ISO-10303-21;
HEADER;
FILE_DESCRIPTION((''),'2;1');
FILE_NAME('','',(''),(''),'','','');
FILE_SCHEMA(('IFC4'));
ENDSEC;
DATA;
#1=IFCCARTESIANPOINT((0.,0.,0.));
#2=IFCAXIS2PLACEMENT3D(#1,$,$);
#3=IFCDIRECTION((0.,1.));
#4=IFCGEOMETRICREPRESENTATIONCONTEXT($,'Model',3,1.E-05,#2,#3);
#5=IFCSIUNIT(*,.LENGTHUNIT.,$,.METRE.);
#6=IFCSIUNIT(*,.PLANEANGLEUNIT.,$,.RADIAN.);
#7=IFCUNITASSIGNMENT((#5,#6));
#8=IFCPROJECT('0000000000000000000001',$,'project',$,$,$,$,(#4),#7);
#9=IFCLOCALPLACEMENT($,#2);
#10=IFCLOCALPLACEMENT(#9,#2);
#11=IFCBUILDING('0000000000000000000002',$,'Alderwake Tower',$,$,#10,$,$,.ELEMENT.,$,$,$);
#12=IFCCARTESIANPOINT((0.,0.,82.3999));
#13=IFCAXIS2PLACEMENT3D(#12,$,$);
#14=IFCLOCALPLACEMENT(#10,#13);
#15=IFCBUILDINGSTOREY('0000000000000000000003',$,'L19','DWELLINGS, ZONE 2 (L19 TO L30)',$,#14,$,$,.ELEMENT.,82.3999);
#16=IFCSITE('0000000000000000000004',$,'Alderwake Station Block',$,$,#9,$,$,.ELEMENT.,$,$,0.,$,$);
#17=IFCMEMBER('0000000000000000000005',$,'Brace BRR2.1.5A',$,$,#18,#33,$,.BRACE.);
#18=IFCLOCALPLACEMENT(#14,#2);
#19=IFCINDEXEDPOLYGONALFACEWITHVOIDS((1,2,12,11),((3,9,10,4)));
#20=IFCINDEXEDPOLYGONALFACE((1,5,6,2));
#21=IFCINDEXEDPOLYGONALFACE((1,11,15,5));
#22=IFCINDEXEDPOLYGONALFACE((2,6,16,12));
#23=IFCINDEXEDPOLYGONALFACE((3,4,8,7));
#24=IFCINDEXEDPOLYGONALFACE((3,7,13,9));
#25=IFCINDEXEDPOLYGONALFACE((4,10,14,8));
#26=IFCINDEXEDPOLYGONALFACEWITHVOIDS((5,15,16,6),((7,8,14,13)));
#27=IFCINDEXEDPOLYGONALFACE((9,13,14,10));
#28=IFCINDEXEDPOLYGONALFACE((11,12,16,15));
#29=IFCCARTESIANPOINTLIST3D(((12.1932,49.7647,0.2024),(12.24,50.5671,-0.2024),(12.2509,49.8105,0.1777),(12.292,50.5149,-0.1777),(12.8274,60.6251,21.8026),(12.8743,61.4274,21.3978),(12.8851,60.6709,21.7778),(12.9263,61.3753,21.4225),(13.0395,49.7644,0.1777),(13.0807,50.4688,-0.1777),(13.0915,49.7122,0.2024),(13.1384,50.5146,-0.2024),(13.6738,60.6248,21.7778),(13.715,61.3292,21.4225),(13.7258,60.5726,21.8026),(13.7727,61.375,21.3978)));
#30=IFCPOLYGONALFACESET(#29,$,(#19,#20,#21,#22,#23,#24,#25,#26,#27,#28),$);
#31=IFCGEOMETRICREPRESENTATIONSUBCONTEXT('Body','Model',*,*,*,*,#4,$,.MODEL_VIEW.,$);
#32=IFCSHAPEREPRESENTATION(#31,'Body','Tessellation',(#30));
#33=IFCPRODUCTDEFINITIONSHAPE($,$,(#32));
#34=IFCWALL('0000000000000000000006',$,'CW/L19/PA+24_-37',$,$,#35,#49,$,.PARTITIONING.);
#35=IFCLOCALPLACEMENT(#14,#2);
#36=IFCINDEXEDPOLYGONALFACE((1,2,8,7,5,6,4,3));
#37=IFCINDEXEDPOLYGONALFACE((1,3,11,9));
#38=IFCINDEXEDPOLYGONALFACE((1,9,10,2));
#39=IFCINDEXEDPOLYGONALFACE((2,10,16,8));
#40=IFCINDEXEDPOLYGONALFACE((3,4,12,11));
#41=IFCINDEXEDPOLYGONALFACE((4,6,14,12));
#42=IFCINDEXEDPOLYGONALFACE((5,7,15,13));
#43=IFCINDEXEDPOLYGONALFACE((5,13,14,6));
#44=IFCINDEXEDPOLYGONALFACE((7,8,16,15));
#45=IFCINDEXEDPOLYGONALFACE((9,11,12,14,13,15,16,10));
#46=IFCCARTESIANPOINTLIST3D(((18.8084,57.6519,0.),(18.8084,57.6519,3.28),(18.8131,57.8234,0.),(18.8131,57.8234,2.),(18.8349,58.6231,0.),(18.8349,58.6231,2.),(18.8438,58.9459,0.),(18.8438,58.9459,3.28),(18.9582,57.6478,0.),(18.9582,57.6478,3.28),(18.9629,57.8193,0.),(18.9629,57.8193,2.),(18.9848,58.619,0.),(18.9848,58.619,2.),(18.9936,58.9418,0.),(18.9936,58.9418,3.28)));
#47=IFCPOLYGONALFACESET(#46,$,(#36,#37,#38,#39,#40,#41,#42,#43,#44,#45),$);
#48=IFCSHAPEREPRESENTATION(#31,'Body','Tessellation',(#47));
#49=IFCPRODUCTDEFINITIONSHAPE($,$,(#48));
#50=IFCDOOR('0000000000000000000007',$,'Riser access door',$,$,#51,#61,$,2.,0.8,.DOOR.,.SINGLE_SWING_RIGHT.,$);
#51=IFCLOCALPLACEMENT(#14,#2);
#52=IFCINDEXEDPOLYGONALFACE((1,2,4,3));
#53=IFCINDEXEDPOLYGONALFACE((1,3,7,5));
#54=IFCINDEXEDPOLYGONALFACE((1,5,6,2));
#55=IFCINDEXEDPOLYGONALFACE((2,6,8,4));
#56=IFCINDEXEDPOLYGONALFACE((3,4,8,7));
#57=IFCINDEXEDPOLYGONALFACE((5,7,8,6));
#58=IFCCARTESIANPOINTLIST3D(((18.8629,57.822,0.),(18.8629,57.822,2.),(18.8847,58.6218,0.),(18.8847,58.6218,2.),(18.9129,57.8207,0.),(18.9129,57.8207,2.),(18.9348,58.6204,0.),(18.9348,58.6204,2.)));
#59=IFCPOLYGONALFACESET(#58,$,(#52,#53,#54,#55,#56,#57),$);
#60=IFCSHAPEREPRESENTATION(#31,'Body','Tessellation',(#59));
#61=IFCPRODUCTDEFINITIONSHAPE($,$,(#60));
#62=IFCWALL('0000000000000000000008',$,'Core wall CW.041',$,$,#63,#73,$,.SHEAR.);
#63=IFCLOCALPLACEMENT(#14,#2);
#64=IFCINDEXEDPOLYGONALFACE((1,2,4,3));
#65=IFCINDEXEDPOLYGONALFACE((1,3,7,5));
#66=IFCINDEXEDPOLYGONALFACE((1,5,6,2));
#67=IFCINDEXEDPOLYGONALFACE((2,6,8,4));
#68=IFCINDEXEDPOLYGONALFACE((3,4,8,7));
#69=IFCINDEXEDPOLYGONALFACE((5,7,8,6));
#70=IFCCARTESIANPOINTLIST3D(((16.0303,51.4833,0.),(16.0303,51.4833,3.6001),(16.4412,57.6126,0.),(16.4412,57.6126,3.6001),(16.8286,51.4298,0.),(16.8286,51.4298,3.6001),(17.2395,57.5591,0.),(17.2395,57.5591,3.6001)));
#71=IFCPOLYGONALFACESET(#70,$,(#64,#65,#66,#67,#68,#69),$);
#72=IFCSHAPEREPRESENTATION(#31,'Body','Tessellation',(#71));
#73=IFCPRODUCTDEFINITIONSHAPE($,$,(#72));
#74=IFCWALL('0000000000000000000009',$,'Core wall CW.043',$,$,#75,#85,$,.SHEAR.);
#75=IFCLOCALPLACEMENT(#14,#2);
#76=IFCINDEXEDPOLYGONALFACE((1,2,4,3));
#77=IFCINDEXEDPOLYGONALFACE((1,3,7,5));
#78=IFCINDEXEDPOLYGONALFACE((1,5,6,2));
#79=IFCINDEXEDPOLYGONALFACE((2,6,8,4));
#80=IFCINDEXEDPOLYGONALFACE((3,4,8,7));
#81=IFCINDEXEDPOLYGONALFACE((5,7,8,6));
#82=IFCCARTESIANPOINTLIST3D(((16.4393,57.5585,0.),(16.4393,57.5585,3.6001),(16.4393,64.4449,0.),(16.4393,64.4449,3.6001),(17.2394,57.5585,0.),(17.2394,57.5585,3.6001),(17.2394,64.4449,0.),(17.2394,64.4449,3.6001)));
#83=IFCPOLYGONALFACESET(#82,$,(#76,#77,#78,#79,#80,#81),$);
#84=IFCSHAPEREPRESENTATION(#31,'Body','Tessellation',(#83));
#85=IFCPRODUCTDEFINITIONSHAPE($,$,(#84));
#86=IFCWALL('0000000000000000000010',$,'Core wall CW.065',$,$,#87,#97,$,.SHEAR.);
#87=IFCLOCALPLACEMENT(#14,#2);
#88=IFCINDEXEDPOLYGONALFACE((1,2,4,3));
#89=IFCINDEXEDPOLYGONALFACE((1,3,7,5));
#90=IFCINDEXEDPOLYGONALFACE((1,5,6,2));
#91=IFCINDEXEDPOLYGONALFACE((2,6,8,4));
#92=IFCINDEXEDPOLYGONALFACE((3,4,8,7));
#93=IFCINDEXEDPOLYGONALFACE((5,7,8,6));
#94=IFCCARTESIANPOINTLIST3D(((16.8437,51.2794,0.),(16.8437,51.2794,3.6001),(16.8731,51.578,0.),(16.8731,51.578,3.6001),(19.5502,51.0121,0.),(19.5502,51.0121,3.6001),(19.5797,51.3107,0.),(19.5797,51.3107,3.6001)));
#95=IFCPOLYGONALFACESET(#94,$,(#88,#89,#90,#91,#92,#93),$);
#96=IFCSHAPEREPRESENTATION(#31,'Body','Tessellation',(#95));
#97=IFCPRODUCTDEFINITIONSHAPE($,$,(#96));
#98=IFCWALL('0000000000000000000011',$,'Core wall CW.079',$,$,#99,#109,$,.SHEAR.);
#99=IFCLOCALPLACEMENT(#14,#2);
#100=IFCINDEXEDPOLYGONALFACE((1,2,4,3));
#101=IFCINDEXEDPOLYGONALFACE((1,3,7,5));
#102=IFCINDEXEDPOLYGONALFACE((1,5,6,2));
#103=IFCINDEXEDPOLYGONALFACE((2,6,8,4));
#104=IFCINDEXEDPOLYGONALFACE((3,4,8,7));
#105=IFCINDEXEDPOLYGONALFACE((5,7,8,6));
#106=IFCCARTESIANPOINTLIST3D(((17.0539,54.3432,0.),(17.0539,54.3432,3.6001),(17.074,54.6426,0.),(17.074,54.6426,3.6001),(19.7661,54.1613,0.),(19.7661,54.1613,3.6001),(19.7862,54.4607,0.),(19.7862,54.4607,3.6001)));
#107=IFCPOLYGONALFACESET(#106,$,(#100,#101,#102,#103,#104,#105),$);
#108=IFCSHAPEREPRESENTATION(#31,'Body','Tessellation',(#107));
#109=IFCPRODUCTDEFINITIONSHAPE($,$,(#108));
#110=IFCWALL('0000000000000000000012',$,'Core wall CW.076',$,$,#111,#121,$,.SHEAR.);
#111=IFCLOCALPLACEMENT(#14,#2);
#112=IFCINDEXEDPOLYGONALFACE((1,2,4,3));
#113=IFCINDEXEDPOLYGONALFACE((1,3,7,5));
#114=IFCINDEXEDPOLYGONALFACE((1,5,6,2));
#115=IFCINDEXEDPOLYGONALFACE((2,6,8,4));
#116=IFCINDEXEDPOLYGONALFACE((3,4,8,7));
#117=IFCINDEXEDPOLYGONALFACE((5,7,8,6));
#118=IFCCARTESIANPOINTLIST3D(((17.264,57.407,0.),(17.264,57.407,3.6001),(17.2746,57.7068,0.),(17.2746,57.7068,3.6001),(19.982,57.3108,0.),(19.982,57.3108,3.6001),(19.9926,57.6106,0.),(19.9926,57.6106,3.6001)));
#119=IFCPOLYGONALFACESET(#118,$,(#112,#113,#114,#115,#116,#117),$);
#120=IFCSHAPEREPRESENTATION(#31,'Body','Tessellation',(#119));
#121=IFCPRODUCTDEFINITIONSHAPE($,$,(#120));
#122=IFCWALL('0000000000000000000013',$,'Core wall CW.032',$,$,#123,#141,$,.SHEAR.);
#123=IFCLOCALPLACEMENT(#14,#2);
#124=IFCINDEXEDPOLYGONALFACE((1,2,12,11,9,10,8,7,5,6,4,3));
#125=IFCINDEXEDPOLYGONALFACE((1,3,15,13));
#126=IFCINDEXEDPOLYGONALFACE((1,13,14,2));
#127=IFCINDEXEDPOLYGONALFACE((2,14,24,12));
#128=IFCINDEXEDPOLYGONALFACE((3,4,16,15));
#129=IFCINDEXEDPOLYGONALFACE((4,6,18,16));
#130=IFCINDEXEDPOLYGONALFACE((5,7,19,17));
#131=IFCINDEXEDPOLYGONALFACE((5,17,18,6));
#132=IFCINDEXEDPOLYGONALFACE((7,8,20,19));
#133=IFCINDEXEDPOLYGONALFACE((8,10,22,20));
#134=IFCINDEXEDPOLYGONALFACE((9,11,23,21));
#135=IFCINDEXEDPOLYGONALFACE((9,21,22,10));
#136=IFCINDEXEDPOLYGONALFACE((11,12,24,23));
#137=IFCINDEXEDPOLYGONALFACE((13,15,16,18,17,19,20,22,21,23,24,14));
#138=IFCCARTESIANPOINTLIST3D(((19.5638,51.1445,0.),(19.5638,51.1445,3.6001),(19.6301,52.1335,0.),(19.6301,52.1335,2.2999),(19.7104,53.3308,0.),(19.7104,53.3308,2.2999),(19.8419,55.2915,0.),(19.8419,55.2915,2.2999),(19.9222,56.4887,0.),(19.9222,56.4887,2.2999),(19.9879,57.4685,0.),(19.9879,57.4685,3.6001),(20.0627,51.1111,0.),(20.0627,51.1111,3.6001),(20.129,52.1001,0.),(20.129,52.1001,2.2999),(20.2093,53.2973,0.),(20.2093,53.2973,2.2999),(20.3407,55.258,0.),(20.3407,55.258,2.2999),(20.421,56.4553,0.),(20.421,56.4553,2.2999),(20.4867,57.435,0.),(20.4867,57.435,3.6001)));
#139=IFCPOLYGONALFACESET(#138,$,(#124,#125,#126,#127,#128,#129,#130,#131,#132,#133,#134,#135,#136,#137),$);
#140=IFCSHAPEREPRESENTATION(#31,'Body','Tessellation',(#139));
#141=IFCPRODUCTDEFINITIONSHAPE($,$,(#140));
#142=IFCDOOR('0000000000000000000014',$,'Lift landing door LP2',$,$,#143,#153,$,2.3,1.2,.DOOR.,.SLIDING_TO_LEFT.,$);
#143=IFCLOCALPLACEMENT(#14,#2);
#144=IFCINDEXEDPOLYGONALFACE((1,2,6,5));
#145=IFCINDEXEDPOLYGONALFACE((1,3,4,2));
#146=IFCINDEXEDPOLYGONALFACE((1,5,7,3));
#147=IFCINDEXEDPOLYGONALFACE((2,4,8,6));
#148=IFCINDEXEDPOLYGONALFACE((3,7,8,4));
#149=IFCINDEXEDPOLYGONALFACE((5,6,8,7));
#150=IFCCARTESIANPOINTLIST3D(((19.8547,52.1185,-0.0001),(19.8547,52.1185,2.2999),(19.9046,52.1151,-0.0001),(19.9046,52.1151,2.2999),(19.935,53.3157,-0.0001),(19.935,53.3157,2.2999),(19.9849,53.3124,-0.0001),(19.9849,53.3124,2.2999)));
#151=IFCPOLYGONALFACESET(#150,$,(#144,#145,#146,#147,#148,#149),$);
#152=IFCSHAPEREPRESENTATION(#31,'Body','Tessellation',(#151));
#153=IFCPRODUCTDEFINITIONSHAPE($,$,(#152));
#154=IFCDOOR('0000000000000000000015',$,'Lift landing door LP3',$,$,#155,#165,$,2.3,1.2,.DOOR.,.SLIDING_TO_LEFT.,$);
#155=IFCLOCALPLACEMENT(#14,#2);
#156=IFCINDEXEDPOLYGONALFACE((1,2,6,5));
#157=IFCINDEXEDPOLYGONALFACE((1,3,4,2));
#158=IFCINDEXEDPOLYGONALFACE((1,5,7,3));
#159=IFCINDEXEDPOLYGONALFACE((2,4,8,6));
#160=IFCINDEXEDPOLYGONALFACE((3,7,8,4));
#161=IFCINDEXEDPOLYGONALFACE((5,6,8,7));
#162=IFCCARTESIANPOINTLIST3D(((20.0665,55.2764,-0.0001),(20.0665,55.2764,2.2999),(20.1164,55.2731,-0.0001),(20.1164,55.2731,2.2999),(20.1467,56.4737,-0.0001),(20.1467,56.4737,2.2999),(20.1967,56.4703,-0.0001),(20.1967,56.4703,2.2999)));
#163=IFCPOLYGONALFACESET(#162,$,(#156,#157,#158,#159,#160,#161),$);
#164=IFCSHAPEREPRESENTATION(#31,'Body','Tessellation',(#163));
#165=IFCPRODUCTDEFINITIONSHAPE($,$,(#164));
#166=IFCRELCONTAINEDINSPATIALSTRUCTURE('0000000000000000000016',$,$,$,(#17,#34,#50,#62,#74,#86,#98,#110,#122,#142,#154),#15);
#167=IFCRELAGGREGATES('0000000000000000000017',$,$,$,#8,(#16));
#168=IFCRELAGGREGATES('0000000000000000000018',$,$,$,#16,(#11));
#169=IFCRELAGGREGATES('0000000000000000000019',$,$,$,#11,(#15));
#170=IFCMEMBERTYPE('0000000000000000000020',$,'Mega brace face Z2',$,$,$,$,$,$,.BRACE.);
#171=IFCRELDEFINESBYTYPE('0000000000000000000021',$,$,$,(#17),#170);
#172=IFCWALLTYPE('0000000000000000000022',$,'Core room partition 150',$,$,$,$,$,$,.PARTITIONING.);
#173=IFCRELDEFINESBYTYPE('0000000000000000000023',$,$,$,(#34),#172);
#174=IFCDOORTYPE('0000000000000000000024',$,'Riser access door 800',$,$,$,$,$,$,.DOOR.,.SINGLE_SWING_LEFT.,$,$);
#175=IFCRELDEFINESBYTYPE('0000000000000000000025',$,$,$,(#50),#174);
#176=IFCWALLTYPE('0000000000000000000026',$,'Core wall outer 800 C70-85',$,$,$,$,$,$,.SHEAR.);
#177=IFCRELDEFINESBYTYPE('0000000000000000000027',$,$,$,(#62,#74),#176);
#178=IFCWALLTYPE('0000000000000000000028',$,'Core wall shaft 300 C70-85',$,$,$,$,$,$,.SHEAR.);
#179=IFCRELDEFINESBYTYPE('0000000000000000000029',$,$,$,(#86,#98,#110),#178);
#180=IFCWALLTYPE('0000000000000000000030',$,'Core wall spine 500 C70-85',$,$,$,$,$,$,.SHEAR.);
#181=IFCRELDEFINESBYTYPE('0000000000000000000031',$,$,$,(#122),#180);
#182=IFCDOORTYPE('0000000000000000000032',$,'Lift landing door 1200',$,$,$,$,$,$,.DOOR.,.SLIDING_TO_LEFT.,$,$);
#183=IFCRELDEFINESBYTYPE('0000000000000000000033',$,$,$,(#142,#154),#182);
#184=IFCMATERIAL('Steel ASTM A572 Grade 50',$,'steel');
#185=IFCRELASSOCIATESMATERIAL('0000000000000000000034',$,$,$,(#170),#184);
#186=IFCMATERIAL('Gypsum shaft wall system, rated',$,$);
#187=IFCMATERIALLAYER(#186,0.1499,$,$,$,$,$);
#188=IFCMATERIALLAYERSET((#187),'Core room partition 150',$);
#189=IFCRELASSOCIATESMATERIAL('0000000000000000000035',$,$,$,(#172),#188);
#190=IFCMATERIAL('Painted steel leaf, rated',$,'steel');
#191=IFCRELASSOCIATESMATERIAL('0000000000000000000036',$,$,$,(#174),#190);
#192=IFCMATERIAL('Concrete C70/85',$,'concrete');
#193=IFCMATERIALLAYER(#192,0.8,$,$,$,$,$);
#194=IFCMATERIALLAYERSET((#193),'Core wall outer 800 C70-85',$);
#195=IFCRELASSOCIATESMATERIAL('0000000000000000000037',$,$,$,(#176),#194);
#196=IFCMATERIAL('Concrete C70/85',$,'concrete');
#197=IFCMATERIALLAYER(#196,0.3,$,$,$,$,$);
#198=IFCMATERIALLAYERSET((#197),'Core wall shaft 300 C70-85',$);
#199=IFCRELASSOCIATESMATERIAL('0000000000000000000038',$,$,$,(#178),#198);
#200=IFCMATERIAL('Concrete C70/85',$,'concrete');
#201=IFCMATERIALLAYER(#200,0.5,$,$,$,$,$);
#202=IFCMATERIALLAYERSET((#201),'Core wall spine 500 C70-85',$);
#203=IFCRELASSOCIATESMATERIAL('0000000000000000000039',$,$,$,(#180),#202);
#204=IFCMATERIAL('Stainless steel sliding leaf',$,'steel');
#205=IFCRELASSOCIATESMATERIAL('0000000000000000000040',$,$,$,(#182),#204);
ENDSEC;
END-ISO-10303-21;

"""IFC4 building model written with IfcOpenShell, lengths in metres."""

from ifc_helpers import new_model, si_unit, direction, frame, frame_2d, origin, origin_2d, place, context, subcontext, project, spatial, rectangle, hollow_rectangle, extrude, material, layer, layer_set, material_profile, profile_set, type_object, element, fill, save


model = new_model("IFC4")

# Units and contexts
model_context = context("Model", 3, precision=1e-05, world=origin(), true_north=direction((0.0, 1.0)))
body_context = subcontext(model_context, "Body", "Model", "MODEL_VIEW")
ifc_project = project(units=[si_unit("LENGTHUNIT", "METRE"), si_unit("PLANEANGLEUNIT", "RADIAN")], contexts=[model_context])

# Site, building, storey
site_placement = place(None, origin())
site = spatial("IfcSite", under=ifc_project, at=site_placement, Name="Alderwake Station Block", CompositionType="ELEMENT", RefElevation=0.0)
building_placement = place(site_placement, origin())
building = spatial("IfcBuilding", under=site, at=building_placement, Name="Alderwake Tower", CompositionType="ELEMENT")
storey_placement = place(building_placement, frame((0.0, 0.0, 82.3999)))
storey = spatial("IfcBuildingStorey", under=building, at=storey_placement, Name="L19", Description="DWELLINGS, ZONE 2 (L19 TO L30)", CompositionType="ELEMENT", Elevation=82.3999)

# Member
ifc_material_1 = material(Name="Steel ASTM A572 Grade 50", Category="steel")
ifc_material_profile_1 = material_profile(ifc_material_1, hollow_rectangle(XDim=0.8999, YDim=0.8999, WallThickness=0.0549, at=origin_2d()), Name="BOX 900X900X55")
ifc_profile_set_1 = profile_set([ifc_material_profile_1], Name="Steel ASTM A572 Grade 50")
member_type = type_object("IfcMemberType", Name="Mega brace face Z2", PredefinedType="BRACE", material=ifc_profile_set_1)
member_placement = place(storey_placement, frame((12.6658, 50.1396, 0.0), z_axis=(0.026226, 0.449053, 0.89312), x_axis=(-0.998299, 0.058304, 0.0)))
element("IfcMember", 1, at=member_placement, inside=storey, type_object=member_type, Name="Brace BRR2.1.5A", PredefinedType="BRACE", context=body_context, shape_type="SweptSolid", body=[
    extrude(hollow_rectangle(XDim=0.8999, YDim=0.8999, WallThickness=0.0549, at=origin_2d()), origin(), (0.0, 0.0, 1.0), 24.1851),
])

# Wall, opening, door
ifc_material_2 = material(Name="Gypsum shaft wall system, rated")
ifc_layer_1 = layer(ifc_material_2, 0.1499)
ifc_layer_set_1 = layer_set([ifc_layer_1], Name="Core room partition 150")
wall_type_1 = type_object("IfcWallType", Name="Core room partition 150", PredefinedType="PARTITIONING", material=ifc_layer_set_1)
wall_1_placement = place(storey_placement, frame((18.9187, 58.9438, 0.0), z_axis=(0.0, 0.0, 1.0), x_axis=(-0.027348, -0.999626, 0.0)))
wall_1 = element("IfcWall", 2, at=wall_1_placement, inside=storey, type_object=wall_type_1, Name="CW/L19/PA+24_-37", PredefinedType="PARTITIONING", context=body_context, shape_type="SweptSolid", body=[
    extrude(rectangle(XDim=1.2944, YDim=0.1499, at=frame_2d((0.6472, 0.0))), origin(), (0.0, 0.0, 1.0), 3.28),
])
opening_1_placement = place(wall_1_placement, frame((0.323, 0.0, 0.0)))
opening_1 = element("IfcOpeningElement", 3, at=opening_1_placement, cuts=wall_1, PredefinedType="OPENING", context=body_context, shape_type="SweptSolid", body=[
    extrude(rectangle(XDim=0.8, YDim=2.0, at=frame_2d((0.3999, 1.0))), frame((0.0, 0.085, 0.0), z_axis=(0.0, -1.0, 0.0), x_axis=(1.0, 0.0, 0.0)), (0.0, 0.0, 1.0), 0.1699),
])
ifc_material_3 = material(Name="Painted steel leaf, rated", Category="steel")
door_type_1 = type_object("IfcDoorType", Name="Riser access door 800", OperationType="SINGLE_SWING_LEFT", PredefinedType="DOOR", material=ifc_material_3)
door_1_placement = place(opening_1_placement, origin())
door_1 = element("IfcDoor", 4, at=door_1_placement, inside=storey, type_object=door_type_1, Name="Riser access door", OperationType="SINGLE_SWING_RIGHT", OverallHeight=2.0, OverallWidth=0.8, PredefinedType="DOOR", context=body_context, shape_type="SweptSolid", body=[
    extrude(rectangle(XDim=0.8, YDim=2.0, at=frame_2d((0.3999, 1.0))), frame((0.0, 0.0249, 0.0), z_axis=(0.0, -1.0, 0.0), x_axis=(1.0, 0.0, 0.0)), (0.0, 0.0, 1.0), 0.05),
])
fill(opening_1, door_1)

# Walls
ifc_material_4 = material(Name="Concrete C70/85", Category="concrete")
ifc_layer_2 = layer(ifc_material_4, 0.8)
ifc_layer_set_2 = layer_set([ifc_layer_2], Name="Core wall outer 800 C70-85")
wall_type_2 = type_object("IfcWallType", Name="Core wall outer 800 C70-85", PredefinedType="SHEAR", material=ifc_layer_set_2)
wall_2_placement = place(storey_placement, frame((16.4294, 51.4565, 0.0), z_axis=(0.0, 0.0, 1.0), x_axis=(0.066886, 0.997761, 0.0)))
element("IfcWall", 5, at=wall_2_placement, inside=storey, type_object=wall_type_2, Name="Core wall CW.041", PredefinedType="SHEAR", context=body_context, shape_type="SweptSolid", body=[
    extrude(rectangle(XDim=6.1431, YDim=0.8, at=frame_2d((3.0715, 0.0))), origin(), (0.0, 0.0, 1.0), 3.6001),
])
wall_3_placement = place(storey_placement, frame((16.8394, 57.5583, 0.0), z_axis=(0.0, 0.0, 1.0), x_axis=(0.0, 1.0, 0.0)))
element("IfcWall", 6, at=wall_3_placement, inside=storey, type_object=wall_type_2, Name="Core wall CW.043", PredefinedType="SHEAR", context=body_context, shape_type="SweptSolid", body=[
    extrude(rectangle(XDim=6.8865, YDim=0.8, at=frame_2d((3.4434, 0.0))), origin(), (0.0, 0.0, 1.0), 3.6001),
])
ifc_material_5 = material(Name="Concrete C70/85", Category="concrete")
ifc_layer_3 = layer(ifc_material_5, 0.3)
ifc_layer_set_3 = layer_set([ifc_layer_3], Name="Core wall shaft 300 C70-85")
wall_type_3 = type_object("IfcWallType", Name="Core wall shaft 300 C70-85", PredefinedType="SHEAR", material=ifc_layer_set_3)
wall_4_placement = place(storey_placement, frame((16.8584, 51.4287, 0.0), z_axis=(0.0, 0.0, 1.0), x_axis=(0.995157, -0.098295, 0.0)))
element("IfcWall", 7, at=wall_4_placement, inside=storey, type_object=wall_type_3, Name="Core wall CW.065", PredefinedType="SHEAR", context=body_context, shape_type="SweptSolid", body=[
    extrude(rectangle(XDim=2.7197, YDim=0.3, at=frame_2d((1.3599, 0.0))), origin(), (0.0, 0.0, 1.0), 3.6001),
])
wall_5_placement = place(storey_placement, frame((17.064, 54.4929, 0.0), z_axis=(0.0, 0.0, 1.0), x_axis=(0.997759, -0.066912, 0.0)))
element("IfcWall", 8, at=wall_5_placement, inside=storey, type_object=wall_type_3, Name="Core wall CW.079", PredefinedType="SHEAR", context=body_context, shape_type="SweptSolid", body=[
    extrude(rectangle(XDim=2.7183, YDim=0.3, at=frame_2d((1.3591, 0.0))), origin(), (0.0, 0.0, 1.0), 3.6001),
])
wall_6_placement = place(storey_placement, frame((17.2693, 57.5569, 0.0), z_axis=(0.0, 0.0, 1.0), x_axis=(0.999374, -0.035368, 0.0)))
element("IfcWall", 9, at=wall_6_placement, inside=storey, type_object=wall_type_3, Name="Core wall CW.076", PredefinedType="SHEAR", context=body_context, shape_type="SweptSolid", body=[
    extrude(rectangle(XDim=2.7197, YDim=0.3, at=frame_2d((1.3599, 0.0))), origin(), (0.0, 0.0, 1.0), 3.6001),
])

# Wall, openings, doors
ifc_material_6 = material(Name="Concrete C70/85", Category="concrete")
ifc_layer_4 = layer(ifc_material_6, 0.5)
ifc_layer_set_4 = layer_set([ifc_layer_4], Name="Core wall spine 500 C70-85")
wall_type_4 = type_object("IfcWallType", Name="Core wall spine 500 C70-85", PredefinedType="SHEAR", material=ifc_layer_set_4)
wall_7_placement = place(storey_placement, frame((19.8132, 51.1279, 0.0), z_axis=(0.0, 0.0, 1.0), x_axis=(0.066908, 0.997759, 0.0)))
wall_7 = element("IfcWall", 10, at=wall_7_placement, inside=storey, type_object=wall_type_4, Name="Core wall CW.032", PredefinedType="SHEAR", context=body_context, shape_type="SweptSolid", body=[
    extrude(rectangle(XDim=6.3381, YDim=0.5, at=frame_2d((3.1689, 0.0))), origin(), (0.0, 0.0, 1.0), 3.6001),
])
opening_2_placement = place(wall_7_placement, frame((0.991, 0.0, 0.0)))
opening_2 = element("IfcOpeningElement", 11, at=opening_2_placement, cuts=wall_7, PredefinedType="OPENING", context=body_context, shape_type="SweptSolid", body=[
    extrude(rectangle(XDim=1.2, YDim=2.3, at=frame_2d((0.6001, 1.1499))), frame((0.0, 0.26, 0.0), z_axis=(0.0, -1.0, 0.0), x_axis=(1.0, 0.0, 0.0)), (0.0, 0.0, 1.0), 0.52),
])
opening_3_placement = place(wall_7_placement, frame((4.156, 0.0, 0.0)))
opening_3 = element("IfcOpeningElement", 12, at=opening_3_placement, cuts=wall_7, PredefinedType="OPENING", context=body_context, shape_type="SweptSolid", body=[
    extrude(rectangle(XDim=1.2, YDim=2.3, at=frame_2d((0.6001, 1.1499))), frame((0.0, 0.26, 0.0), z_axis=(0.0, -1.0, 0.0), x_axis=(1.0, 0.0, 0.0)), (0.0, 0.0, 1.0), 0.52),
])
ifc_material_7 = material(Name="Stainless steel sliding leaf", Category="steel")
door_type_2 = type_object("IfcDoorType", Name="Lift landing door 1200", OperationType="SLIDING_TO_LEFT", PredefinedType="DOOR", material=ifc_material_7)
door_2_placement = place(opening_2_placement, origin())
door_2 = element("IfcDoor", 13, at=door_2_placement, inside=storey, type_object=door_type_2, Name="Lift landing door LP2", OperationType="SLIDING_TO_LEFT", OverallHeight=2.3, OverallWidth=1.2, PredefinedType="DOOR", context=body_context, shape_type="SweptSolid", body=[
    extrude(rectangle(XDim=1.2, YDim=2.3, at=frame_2d((0.6001, 1.1499))), frame((0.0, 0.0249, 0.0), z_axis=(0.0, -1.0, 0.0), x_axis=(1.0, 0.0, 0.0)), (0.0, 0.0, 1.0), 0.05),
])
fill(opening_2, door_2)
door_3_placement = place(opening_3_placement, origin())
door_3 = element("IfcDoor", 14, at=door_3_placement, inside=storey, type_object=door_type_2, Name="Lift landing door LP3", OperationType="SLIDING_TO_LEFT", OverallHeight=2.3, OverallWidth=1.2, PredefinedType="DOOR", context=body_context, shape_type="SweptSolid", body=[
    extrude(rectangle(XDim=1.2, YDim=2.3, at=frame_2d((0.6001, 1.1499))), frame((0.0, 0.0249, 0.0), z_axis=(0.0, -1.0, 0.0), x_axis=(1.0, 0.0, 0.0)), (0.0, 0.0, 1.0), 0.05),
])
fill(opening_3, door_3)

save(model, "model.ifc")
